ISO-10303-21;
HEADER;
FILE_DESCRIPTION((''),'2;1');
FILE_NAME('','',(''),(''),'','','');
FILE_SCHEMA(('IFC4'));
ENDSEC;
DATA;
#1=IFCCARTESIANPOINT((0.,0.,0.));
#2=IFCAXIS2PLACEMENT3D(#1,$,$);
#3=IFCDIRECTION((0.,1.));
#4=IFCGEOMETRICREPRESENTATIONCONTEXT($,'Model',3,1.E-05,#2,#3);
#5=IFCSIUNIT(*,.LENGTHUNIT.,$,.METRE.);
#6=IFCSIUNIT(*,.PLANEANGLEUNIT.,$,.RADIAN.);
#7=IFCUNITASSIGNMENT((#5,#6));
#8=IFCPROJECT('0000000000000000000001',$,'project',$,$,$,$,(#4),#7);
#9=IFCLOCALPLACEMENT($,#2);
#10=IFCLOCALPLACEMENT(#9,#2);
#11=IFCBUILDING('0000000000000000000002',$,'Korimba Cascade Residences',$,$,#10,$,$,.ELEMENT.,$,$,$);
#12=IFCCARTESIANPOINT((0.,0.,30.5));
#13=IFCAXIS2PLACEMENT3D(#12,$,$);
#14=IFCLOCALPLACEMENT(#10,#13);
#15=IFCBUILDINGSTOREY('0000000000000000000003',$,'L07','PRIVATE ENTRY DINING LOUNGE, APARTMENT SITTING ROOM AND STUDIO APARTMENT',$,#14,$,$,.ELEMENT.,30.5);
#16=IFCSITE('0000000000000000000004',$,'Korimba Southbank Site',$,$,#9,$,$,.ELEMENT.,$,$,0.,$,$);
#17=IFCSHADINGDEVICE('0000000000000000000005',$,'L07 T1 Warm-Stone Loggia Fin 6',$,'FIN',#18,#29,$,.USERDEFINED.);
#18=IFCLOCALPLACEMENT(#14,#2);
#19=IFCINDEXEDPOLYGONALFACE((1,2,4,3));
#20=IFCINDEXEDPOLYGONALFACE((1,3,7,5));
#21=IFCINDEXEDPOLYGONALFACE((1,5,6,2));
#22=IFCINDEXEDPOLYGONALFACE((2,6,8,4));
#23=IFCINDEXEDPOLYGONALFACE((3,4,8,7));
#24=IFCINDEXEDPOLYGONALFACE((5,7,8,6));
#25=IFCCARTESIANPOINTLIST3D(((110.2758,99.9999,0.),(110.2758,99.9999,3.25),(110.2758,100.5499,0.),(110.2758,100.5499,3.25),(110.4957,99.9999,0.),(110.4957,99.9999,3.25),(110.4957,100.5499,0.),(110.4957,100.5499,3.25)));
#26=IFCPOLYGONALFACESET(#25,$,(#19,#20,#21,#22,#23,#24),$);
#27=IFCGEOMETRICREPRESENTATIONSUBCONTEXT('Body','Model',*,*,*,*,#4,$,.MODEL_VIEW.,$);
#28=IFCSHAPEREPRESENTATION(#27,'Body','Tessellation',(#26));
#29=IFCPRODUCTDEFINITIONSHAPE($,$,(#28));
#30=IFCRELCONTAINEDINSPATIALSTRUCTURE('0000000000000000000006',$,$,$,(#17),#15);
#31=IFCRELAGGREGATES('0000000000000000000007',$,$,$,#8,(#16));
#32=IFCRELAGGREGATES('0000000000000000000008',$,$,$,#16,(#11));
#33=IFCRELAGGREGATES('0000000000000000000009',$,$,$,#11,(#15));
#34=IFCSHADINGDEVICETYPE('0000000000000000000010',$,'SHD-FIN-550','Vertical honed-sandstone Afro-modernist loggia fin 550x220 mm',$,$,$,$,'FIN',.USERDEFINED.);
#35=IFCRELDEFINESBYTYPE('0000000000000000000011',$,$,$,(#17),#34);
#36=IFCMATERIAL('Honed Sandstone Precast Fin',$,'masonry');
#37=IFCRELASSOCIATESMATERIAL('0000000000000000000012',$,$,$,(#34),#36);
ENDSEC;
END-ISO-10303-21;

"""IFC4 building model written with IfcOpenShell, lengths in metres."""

from ifc_helpers import new_model, si_unit, direction, frame, origin, origin_2d, place, context, subcontext, project, spatial, rectangle, extrude, material, type_object, element, save


model = new_model("IFC4")

# Units and contexts
model_context = context("Model", 3, precision=1e-05, world=origin(), true_north=direction((0.0, 1.0)))
body_context = subcontext(model_context, "Body", "Model", "MODEL_VIEW")
ifc_project = project(units=[si_unit("LENGTHUNIT", "METRE"), si_unit("PLANEANGLEUNIT", "RADIAN")], contexts=[model_context])

# Site, building, storey
site_placement = place(None, origin())
site = spatial("IfcSite", under=ifc_project, at=site_placement, Name="Korimba Southbank Site", CompositionType="ELEMENT", RefElevation=0.0)
building_placement = place(site_placement, origin())
building = spatial("IfcBuilding", under=site, at=building_placement, Name="Korimba Cascade Residences", CompositionType="ELEMENT")
storey_placement = place(building_placement, frame((0.0, 0.0, 30.5)))
storey = spatial("IfcBuildingStorey", under=building, at=storey_placement, Name="L07", Description="PRIVATE ENTRY DINING LOUNGE, APARTMENT SITTING ROOM AND STUDIO APARTMENT", CompositionType="ELEMENT", Elevation=30.5)

# Shading device
ifc_material_1 = material(Name="Honed Sandstone Precast Fin", Category="masonry")
shading_device_type = type_object("IfcShadingDeviceType", Name="SHD-FIN-550", Description="Vertical honed-sandstone Afro-modernist loggia fin 550x220 mm", ElementType="FIN", PredefinedType="USERDEFINED", material=ifc_material_1)
for number, where, z_axis, x_axis, name in (
    (1, (110.3857, 100.2749, 0.0), (0.0, 0.0, 1.0), (1.0, 0.0, 0.0), "L07 T1 Warm-Stone Loggia Fin 6"),
):
    element("IfcShadingDevice", number, at=place(storey_placement, frame(where, z_axis=z_axis, x_axis=x_axis)), inside=storey, type_object=shading_device_type, Name=name, ObjectType="FIN", PredefinedType="USERDEFINED", context=body_context, shape_type="SweptSolid", body=[
        extrude(rectangle(XDim=0.22, YDim=0.55, at=origin_2d()), origin(), (0.0, 0.0, 1.0), 3.25),
    ])

save(model, "model.ifc")
